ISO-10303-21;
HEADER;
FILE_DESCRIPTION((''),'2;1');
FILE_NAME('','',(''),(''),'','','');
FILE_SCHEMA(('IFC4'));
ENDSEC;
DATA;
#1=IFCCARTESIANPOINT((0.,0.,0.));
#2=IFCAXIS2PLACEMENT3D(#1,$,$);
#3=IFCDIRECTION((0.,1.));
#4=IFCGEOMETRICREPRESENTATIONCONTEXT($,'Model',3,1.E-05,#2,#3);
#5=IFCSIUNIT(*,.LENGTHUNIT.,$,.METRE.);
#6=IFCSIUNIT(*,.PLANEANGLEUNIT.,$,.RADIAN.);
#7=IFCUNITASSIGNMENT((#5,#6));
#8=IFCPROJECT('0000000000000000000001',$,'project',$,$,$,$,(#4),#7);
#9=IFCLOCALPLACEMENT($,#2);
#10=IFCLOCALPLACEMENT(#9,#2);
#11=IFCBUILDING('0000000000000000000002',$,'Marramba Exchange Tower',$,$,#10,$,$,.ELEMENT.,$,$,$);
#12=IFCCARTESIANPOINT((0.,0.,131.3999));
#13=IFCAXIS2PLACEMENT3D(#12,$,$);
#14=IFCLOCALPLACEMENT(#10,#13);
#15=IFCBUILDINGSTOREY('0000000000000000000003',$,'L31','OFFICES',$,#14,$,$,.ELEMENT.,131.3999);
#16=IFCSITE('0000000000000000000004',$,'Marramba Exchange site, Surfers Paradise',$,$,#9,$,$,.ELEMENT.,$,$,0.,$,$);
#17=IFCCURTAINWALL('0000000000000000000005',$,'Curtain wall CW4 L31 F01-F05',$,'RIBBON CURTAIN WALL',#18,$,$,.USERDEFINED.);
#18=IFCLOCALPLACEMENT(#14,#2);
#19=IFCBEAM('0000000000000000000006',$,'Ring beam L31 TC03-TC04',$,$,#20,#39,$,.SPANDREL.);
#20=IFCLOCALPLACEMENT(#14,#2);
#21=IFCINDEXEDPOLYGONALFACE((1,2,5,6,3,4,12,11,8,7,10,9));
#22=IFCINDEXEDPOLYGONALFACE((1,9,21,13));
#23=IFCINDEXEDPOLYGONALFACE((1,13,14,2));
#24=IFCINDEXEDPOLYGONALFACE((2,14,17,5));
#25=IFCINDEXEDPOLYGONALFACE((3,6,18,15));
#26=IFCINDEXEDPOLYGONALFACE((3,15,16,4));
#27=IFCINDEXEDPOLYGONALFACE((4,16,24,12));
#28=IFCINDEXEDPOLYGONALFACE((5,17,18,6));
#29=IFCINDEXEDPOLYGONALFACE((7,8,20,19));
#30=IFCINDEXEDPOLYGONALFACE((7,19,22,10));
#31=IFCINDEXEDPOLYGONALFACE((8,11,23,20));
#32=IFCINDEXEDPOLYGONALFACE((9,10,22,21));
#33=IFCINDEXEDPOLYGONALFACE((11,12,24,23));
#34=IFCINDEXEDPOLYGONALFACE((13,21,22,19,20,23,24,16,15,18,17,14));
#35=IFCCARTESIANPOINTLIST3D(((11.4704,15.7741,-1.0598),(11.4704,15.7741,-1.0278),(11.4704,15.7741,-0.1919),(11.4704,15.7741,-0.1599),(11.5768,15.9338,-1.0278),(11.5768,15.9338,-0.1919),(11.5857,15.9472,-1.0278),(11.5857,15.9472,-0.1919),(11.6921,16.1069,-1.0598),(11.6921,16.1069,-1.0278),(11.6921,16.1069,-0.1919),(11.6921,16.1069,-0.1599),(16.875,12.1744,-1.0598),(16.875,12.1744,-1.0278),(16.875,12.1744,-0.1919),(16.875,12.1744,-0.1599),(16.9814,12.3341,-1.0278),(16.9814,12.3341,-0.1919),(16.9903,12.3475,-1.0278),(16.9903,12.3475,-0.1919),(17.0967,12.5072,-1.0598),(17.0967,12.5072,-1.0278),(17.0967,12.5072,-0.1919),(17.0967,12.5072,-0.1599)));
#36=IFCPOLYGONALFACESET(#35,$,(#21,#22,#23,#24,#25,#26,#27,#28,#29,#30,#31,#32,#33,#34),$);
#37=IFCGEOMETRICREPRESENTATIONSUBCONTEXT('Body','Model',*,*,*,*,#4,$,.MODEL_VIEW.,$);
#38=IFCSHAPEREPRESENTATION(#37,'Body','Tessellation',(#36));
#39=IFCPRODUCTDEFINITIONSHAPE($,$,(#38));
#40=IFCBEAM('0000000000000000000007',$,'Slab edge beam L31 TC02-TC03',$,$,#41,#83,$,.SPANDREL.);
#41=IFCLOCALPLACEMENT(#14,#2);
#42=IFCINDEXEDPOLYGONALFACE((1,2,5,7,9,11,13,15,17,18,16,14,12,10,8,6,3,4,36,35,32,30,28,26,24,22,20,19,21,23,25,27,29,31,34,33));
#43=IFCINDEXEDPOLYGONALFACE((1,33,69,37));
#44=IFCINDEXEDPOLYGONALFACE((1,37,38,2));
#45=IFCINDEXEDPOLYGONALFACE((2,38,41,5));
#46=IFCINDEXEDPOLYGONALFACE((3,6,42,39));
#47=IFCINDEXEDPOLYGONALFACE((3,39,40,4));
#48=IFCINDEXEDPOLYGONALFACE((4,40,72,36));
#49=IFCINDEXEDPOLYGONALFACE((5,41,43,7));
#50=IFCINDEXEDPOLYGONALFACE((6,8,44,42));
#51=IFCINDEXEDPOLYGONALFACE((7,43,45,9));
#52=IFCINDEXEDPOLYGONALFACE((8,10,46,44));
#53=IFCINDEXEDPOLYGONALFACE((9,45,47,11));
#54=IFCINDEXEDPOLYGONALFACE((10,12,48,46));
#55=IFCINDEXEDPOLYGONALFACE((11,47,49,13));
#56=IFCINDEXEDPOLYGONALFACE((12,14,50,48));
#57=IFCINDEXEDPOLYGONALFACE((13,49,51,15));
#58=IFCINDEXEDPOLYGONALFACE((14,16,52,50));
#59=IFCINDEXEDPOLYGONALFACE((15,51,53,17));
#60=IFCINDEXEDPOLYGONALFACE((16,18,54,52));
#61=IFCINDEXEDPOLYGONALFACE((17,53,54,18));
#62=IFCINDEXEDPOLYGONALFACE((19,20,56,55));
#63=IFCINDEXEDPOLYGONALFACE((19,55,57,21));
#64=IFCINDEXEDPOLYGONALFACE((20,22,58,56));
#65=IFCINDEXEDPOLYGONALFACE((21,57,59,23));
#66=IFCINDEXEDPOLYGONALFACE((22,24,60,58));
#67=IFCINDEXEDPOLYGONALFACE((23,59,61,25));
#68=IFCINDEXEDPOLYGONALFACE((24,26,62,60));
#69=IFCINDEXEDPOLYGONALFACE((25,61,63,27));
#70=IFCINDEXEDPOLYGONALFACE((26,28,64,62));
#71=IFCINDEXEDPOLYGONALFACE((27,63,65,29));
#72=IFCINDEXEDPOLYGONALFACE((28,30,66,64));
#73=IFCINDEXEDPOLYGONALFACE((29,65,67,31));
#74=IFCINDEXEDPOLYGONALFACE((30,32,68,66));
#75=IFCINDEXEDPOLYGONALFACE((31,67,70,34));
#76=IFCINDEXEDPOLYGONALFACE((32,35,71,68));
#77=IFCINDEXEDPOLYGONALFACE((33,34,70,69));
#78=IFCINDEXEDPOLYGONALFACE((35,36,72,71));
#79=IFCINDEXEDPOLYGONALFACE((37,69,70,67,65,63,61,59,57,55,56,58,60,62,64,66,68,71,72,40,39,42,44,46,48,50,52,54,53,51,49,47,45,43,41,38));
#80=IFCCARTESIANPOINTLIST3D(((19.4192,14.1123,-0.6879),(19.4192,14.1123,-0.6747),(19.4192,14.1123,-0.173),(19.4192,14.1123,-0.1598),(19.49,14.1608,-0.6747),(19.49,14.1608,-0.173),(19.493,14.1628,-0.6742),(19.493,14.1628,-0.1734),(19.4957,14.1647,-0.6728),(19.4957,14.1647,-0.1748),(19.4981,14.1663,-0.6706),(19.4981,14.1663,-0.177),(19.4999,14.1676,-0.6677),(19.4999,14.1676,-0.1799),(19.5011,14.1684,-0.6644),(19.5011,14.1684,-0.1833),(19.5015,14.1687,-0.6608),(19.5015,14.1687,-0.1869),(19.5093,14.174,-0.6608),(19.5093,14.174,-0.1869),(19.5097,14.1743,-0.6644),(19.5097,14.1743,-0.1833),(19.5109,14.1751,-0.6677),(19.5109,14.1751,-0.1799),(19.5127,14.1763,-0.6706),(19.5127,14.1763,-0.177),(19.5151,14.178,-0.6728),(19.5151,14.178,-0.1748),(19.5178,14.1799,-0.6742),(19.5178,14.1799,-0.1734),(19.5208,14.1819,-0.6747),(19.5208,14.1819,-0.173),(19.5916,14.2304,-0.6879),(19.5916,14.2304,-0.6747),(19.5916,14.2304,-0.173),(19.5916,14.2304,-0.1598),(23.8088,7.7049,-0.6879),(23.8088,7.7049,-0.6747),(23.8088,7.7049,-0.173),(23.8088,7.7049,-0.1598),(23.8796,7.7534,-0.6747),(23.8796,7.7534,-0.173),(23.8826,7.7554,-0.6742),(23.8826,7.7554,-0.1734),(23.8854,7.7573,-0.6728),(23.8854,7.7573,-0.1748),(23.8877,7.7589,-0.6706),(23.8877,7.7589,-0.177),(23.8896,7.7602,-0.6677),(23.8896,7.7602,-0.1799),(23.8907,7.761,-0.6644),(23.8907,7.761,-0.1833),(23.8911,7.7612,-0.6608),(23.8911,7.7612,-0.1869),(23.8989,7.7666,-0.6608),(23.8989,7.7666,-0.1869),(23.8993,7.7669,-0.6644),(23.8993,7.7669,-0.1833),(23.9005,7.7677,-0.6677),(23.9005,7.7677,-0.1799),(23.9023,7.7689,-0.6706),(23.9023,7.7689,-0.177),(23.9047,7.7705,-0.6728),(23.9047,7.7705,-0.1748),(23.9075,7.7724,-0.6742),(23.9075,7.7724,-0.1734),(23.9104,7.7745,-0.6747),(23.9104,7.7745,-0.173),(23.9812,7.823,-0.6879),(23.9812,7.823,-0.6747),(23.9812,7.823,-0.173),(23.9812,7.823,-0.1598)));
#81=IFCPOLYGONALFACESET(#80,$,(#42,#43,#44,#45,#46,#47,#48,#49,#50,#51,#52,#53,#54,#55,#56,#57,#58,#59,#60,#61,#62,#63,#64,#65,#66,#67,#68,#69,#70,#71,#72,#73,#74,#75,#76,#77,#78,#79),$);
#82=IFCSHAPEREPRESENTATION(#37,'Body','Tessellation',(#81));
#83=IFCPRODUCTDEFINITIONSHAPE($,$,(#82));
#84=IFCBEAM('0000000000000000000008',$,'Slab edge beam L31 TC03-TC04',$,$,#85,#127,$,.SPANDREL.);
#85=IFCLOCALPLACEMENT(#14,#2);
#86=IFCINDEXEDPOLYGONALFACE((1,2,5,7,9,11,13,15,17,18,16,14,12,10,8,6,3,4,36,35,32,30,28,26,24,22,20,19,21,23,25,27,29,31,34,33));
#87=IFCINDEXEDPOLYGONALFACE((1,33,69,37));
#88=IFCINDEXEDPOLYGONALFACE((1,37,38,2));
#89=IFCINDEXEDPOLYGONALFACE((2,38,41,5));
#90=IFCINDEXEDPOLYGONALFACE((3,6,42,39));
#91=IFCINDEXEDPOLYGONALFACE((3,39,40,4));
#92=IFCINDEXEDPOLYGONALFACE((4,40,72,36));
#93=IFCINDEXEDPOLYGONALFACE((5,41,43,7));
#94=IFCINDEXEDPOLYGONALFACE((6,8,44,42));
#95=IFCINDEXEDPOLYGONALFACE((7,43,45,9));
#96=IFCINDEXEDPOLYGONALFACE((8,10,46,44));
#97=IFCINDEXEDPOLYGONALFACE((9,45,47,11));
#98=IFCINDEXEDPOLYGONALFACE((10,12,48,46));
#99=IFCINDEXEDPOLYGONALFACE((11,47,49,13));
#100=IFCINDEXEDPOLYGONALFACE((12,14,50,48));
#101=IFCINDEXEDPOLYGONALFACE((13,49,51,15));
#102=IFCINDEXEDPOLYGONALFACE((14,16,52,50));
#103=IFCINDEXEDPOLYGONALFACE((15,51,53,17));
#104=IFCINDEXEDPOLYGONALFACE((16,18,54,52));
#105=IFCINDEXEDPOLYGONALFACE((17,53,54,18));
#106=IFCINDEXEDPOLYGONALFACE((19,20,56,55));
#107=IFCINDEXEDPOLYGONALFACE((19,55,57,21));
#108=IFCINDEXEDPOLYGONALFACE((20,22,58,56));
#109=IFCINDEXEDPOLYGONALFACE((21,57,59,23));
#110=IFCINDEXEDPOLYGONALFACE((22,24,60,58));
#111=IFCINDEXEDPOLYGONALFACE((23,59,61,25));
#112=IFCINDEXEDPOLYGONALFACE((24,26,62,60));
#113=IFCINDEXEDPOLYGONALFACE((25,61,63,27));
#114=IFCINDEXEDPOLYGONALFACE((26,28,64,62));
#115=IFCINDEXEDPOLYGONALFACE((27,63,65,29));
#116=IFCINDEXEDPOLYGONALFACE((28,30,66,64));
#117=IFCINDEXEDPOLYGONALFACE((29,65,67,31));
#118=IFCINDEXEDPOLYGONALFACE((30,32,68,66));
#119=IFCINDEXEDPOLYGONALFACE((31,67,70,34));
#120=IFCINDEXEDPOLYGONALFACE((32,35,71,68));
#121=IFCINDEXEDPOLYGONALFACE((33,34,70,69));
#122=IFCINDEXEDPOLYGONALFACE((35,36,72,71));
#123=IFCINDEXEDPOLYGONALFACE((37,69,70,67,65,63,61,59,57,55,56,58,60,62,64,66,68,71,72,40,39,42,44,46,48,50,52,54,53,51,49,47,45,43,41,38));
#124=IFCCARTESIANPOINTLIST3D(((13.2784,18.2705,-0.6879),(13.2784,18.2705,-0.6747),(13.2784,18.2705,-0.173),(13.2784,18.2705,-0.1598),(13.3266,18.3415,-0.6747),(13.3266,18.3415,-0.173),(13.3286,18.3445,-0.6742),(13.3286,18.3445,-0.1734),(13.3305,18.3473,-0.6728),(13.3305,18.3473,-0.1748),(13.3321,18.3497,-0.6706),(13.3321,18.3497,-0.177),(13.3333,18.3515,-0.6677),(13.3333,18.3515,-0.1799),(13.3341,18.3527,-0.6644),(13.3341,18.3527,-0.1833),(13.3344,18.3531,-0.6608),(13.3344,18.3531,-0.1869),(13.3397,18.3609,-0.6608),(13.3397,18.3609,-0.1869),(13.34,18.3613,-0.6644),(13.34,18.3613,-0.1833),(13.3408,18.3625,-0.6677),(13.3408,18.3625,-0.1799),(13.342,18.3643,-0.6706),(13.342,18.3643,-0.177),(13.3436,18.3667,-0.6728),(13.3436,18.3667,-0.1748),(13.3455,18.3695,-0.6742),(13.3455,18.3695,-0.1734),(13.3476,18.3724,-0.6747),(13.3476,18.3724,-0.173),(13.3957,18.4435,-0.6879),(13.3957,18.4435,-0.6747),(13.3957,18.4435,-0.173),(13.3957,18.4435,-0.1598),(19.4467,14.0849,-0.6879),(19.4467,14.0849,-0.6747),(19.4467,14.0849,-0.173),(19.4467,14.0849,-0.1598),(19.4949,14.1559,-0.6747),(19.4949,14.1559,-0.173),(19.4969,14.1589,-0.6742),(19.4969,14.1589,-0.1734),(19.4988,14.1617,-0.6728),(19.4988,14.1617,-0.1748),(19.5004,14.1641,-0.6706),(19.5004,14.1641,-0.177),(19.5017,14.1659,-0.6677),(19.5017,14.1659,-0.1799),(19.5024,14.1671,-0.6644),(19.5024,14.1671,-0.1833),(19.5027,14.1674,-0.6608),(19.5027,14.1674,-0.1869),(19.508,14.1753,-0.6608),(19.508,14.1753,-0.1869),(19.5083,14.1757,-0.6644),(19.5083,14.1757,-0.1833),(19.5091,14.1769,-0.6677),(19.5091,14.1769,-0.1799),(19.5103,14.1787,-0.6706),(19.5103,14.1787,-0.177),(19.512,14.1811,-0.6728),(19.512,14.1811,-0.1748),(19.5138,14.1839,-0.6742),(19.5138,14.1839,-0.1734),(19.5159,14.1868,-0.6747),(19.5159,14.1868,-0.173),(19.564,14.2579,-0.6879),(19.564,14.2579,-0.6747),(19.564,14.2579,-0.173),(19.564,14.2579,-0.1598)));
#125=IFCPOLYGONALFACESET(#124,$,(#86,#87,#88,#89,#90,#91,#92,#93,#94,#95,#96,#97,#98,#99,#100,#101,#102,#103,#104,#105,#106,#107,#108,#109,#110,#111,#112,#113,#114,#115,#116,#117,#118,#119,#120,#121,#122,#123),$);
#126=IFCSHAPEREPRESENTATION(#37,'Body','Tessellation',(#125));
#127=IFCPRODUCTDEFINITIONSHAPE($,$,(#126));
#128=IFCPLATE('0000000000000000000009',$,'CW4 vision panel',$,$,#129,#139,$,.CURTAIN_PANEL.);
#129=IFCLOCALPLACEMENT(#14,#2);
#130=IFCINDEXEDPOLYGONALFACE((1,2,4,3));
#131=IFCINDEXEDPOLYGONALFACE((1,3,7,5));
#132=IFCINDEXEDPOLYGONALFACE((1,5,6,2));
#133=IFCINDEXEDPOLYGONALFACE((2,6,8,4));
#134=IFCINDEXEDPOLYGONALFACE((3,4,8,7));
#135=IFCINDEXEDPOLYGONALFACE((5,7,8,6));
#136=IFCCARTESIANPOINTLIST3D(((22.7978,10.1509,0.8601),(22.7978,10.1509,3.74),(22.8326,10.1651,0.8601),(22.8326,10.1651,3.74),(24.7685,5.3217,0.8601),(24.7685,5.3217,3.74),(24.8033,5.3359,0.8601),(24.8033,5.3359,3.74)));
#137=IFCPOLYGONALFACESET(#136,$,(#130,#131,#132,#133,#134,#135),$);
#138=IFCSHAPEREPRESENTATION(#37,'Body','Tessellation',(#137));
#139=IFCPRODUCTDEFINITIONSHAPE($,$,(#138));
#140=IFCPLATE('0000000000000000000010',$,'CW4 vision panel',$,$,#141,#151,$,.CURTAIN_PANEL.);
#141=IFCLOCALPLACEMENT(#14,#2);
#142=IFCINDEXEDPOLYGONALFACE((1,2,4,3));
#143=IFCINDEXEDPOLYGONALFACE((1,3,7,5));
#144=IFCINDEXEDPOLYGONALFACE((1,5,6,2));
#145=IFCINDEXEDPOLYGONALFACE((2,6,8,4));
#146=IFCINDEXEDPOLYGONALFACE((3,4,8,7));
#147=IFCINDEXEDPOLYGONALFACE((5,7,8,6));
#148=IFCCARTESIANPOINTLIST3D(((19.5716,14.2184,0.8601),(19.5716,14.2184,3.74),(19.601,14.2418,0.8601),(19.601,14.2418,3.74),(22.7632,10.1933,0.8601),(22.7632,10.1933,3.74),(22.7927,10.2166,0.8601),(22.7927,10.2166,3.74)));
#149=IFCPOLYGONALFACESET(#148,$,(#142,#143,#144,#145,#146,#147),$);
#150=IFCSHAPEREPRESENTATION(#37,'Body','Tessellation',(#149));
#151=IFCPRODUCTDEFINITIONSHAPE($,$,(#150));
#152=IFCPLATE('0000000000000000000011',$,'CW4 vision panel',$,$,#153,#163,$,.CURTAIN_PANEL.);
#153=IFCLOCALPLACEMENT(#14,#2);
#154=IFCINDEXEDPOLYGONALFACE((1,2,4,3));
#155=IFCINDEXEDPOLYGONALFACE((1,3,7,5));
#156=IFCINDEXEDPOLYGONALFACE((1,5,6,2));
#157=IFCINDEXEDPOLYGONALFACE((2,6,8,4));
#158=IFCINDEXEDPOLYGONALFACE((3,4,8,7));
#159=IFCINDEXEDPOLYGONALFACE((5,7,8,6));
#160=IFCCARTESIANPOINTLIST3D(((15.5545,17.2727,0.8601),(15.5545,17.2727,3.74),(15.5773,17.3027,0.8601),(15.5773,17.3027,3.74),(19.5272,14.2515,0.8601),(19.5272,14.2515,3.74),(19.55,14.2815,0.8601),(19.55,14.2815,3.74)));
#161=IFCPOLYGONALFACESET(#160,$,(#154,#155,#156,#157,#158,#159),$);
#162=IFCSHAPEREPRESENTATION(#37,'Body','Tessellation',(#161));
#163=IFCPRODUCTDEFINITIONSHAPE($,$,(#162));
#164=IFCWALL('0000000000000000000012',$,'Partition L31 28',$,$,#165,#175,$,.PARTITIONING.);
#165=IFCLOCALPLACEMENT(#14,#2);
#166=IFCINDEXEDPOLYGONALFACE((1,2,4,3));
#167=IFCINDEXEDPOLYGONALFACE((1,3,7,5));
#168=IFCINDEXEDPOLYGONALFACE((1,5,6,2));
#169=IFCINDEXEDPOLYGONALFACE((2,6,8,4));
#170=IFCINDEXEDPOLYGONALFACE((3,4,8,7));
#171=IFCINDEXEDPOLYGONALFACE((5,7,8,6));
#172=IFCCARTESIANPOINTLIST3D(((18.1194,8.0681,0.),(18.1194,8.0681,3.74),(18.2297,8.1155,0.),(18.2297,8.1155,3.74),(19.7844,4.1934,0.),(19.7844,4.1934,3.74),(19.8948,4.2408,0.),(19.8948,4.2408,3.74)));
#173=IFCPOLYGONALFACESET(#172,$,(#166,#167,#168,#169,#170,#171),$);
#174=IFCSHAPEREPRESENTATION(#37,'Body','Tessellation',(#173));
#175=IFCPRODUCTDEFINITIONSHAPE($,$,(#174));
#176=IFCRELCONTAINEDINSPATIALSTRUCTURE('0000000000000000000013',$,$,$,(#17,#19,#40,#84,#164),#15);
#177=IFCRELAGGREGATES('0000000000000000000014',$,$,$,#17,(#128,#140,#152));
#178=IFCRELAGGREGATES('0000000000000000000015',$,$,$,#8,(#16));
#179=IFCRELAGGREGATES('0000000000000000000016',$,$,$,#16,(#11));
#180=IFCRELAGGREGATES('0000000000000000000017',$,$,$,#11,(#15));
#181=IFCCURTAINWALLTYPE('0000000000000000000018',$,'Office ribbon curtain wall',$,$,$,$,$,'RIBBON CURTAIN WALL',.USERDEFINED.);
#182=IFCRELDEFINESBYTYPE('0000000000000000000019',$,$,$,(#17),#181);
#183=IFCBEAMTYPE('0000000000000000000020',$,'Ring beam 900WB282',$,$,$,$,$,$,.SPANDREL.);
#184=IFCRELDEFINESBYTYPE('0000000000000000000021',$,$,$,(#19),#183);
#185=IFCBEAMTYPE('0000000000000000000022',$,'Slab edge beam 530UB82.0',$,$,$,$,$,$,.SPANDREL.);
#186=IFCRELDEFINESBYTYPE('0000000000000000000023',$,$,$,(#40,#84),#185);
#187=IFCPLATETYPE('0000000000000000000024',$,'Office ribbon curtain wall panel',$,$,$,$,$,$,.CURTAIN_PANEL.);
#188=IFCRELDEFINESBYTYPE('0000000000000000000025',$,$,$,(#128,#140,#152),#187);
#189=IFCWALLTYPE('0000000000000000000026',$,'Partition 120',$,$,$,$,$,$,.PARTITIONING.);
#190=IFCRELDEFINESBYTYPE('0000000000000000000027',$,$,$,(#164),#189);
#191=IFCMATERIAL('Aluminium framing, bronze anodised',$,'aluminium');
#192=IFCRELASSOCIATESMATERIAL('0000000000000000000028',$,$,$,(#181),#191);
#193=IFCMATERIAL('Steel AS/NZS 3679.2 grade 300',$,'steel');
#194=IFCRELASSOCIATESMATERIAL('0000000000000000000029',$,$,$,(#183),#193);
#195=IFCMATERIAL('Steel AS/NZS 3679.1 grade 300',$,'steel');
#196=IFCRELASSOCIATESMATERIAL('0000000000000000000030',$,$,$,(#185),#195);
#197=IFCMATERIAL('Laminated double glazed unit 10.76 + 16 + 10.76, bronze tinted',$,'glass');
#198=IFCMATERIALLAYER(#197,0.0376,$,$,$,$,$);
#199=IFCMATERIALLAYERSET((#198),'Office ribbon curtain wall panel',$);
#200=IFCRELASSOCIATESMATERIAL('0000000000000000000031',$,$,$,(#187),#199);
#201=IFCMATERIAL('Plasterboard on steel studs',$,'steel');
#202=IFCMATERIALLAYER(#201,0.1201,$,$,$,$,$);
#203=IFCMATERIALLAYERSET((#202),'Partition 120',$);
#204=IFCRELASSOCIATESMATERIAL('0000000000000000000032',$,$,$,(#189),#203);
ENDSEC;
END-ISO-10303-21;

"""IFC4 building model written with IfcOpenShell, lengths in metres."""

from ifc_helpers import new_model, si_unit, direction, frame, frame_2d, origin, origin_2d, place, context, subcontext, project, spatial, rectangle, i_section, extrude, material, layer, layer_set, material_profile, profile_set, type_object, element, aggregate, save


model = new_model("IFC4")

# Units and contexts
model_context = context("Model", 3, precision=1e-05, world=origin(), true_north=direction((0.0, 1.0)))
body_context = subcontext(model_context, "Body", "Model", "MODEL_VIEW")
ifc_project = project(units=[si_unit("LENGTHUNIT", "METRE"), si_unit("PLANEANGLEUNIT", "RADIAN")], contexts=[model_context])

# Site, building, storey
site_placement = place(None, origin())
site = spatial("IfcSite", under=ifc_project, at=site_placement, Name="Marramba Exchange site, Surfers Paradise", CompositionType="ELEMENT", RefElevation=0.0)
building_placement = place(site_placement, origin())
building = spatial("IfcBuilding", under=site, at=building_placement, Name="Marramba Exchange Tower", CompositionType="ELEMENT")
storey_placement = place(building_placement, frame((0.0, 0.0, 131.3999)))
storey = spatial("IfcBuildingStorey", under=building, at=storey_placement, Name="L31", Description="OFFICES", CompositionType="ELEMENT", Elevation=131.3999)

# Shared definitions
ifc_material_1 = material(Name="Steel AS/NZS 3679.2 grade 300", Category="steel")
ifc_material_2 = material(Name="Steel AS/NZS 3679.1 grade 300", Category="steel")

# Curtain wall
ifc_material_3 = material(Name="Aluminium framing, bronze anodised", Category="aluminium")
curtain_wall_type = type_object("IfcCurtainWallType", Name="Office ribbon curtain wall", ElementType="RIBBON CURTAIN WALL", PredefinedType="USERDEFINED", material=ifc_material_3)
curtain_wall_placement = place(storey_placement, origin())
curtain_wall = element("IfcCurtainWall", 1, at=curtain_wall_placement, inside=storey, type_object=curtain_wall_type, Name="Curtain wall CW4 L31 F01-F05", ObjectType="RIBBON CURTAIN WALL", PredefinedType="USERDEFINED")

# Beams
ifc_material_profile_1 = material_profile(ifc_material_1, i_section(OverallWidth=0.3999, OverallDepth=0.8999, WebThickness=0.0161, FlangeThickness=0.032, at=origin_2d()), Name="900WB282")
ifc_profile_set_1 = profile_set([ifc_material_profile_1], Name="Steel AS/NZS 3679.2 grade 300")
beam_type_1 = type_object("IfcBeamType", Name="Ring beam 900WB282", PredefinedType="SPANDREL", material=ifc_profile_set_1)
beam_1_placement = place(storey_placement, frame((16.9858, 12.3408, -0.6099), z_axis=(-0.832293, 0.554336, 0.0), x_axis=(-0.554336, -0.832293, 0.0)))
element("IfcBeam", 2, at=beam_1_placement, inside=storey, type_object=beam_type_1, Name="Ring beam L31 TC03-TC04", PredefinedType="SPANDREL", context=body_context, shape_type="SweptSolid", body=[
    extrude(i_section(OverallWidth=0.3999, OverallDepth=0.8999, WebThickness=0.0161, FlangeThickness=0.032, at=origin_2d()), origin(), (0.0, 0.0, 1.0), 6.4937),
])
ifc_material_profile_2 = material_profile(ifc_material_2, i_section(OverallWidth=0.209, OverallDepth=0.5281, WebThickness=0.0095, FlangeThickness=0.0132, FilletRadius=0.0139, at=origin_2d()), Name="530UB82.0")
ifc_profile_set_2 = profile_set([ifc_material_profile_2], Name="Steel AS/NZS 3679.1 grade 300")
beam_type_2 = type_object("IfcBeamType", Name="Slab edge beam 530UB82.0", PredefinedType="SPANDREL", material=ifc_profile_set_2)
beam_2_placement = place(storey_placement, frame((23.895, 7.7639, -0.4238), z_axis=(-0.565174, 0.824972, 0.0), x_axis=(-0.824972, -0.565174, 0.0)))
element("IfcBeam", 3, at=beam_2_placement, inside=storey, type_object=beam_type_2, Name="Slab edge beam L31 TC02-TC03", PredefinedType="SPANDREL", context=body_context, shape_type="SweptSolid", body=[
    extrude(i_section(OverallWidth=0.209, OverallDepth=0.5281, WebThickness=0.0095, FlangeThickness=0.0132, FilletRadius=0.0139, at=origin_2d()), origin(), (0.0, 0.0, 1.0), 7.7668),
])
beam_3_placement = place(storey_placement, frame((19.5054, 14.1714, -0.4238), z_axis=(-0.827477, 0.561499, 0.0), x_axis=(-0.561499, -0.827477, 0.0)))
element("IfcBeam", 4, at=beam_3_placement, inside=storey, type_object=beam_type_2, Name="Slab edge beam L31 TC03-TC04", PredefinedType="SPANDREL", context=body_context, shape_type="SweptSolid", body=[
    extrude(i_section(OverallWidth=0.209, OverallDepth=0.5281, WebThickness=0.0095, FlangeThickness=0.0132, FilletRadius=0.0139, at=origin_2d()), origin(), (0.0, 0.0, 1.0), 7.4543),
])

# Plates
ifc_material_4 = material(Name="Laminated double glazed unit 10.76 + 16 + 10.76, bronze tinted", Category="glass")
ifc_layer_1 = layer(ifc_material_4, 0.0376)
ifc_layer_set_1 = layer_set([ifc_layer_1], Name="Office ribbon curtain wall panel")
plate_type = type_object("IfcPlateType", Name="Office ribbon curtain wall panel", PredefinedType="CURTAIN_PANEL", material=ifc_layer_set_1)
plate_1_placement = place(storey_placement, frame((23.8005, 7.7434, 0.8601), z_axis=(0.0, 0.0, 1.0), x_axis=(-0.377821, 0.925879, 0.0)))
plate_1 = element("IfcPlate", 5, at=plate_1_placement, type_object=plate_type, Name="CW4 vision panel", PredefinedType="CURTAIN_PANEL", context=body_context, shape_type="SweptSolid", body=[
    extrude(rectangle(XDim=5.2158, YDim=0.0376, at=origin_2d()), origin(), (0.0, 0.0, 1.0), 2.8799),
])
plate_2_placement = place(storey_placement, frame((21.1821, 12.2175, 0.8601), z_axis=(0.0, 0.0, 1.0), x_axis=(-0.621312, 0.783563, 0.0)))
plate_2 = element("IfcPlate", 6, at=plate_2_placement, type_object=plate_type, Name="CW4 vision panel", PredefinedType="CURTAIN_PANEL", context=body_context, shape_type="SweptSolid", body=[
    extrude(rectangle(XDim=5.137, YDim=0.0376, at=origin_2d()), origin(), (0.0, 0.0, 1.0), 2.8799),
])
plate_3_placement = place(storey_placement, frame((17.5522, 15.7771, 0.8601), z_axis=(0.0, 0.0, 1.0), x_axis=(-0.795972, 0.605334, 0.0)))
plate_3 = element("IfcPlate", 7, at=plate_3_placement, type_object=plate_type, Name="CW4 vision panel", PredefinedType="CURTAIN_PANEL", context=body_context, shape_type="SweptSolid", body=[
    extrude(rectangle(XDim=4.991, YDim=0.0376, at=origin_2d()), origin(), (0.0, 0.0, 1.0), 2.8799),
])
aggregate(curtain_wall, [plate_1, plate_2, plate_3])

# Wall
ifc_material_5 = material(Name="Plasterboard on steel studs", Category="steel")
ifc_layer_2 = layer(ifc_material_5, 0.1201)
ifc_layer_set_2 = layer_set([ifc_layer_2], Name="Partition 120")
wall_type_1 = type_object("IfcWallType", Name="Partition 120", PredefinedType="PARTITIONING", material=ifc_layer_set_2)
wall_1_placement = place(storey_placement, frame((18.1746, 8.0918, 0.0), z_axis=(0.0, 0.0, 1.0), x_axis=(0.394806, -0.918764, 0.0)))
element("IfcWall", 8, at=wall_1_placement, inside=storey, type_object=wall_type_1, Name="Partition L31 28", PredefinedType="PARTITIONING", context=body_context, shape_type="SweptSolid", body=[
    extrude(rectangle(XDim=4.2173, YDim=0.1201, at=frame_2d((2.1086, 0.0))), origin(), (0.0, 0.0, 1.0), 3.74),
])

save(model, "model.ifc")
